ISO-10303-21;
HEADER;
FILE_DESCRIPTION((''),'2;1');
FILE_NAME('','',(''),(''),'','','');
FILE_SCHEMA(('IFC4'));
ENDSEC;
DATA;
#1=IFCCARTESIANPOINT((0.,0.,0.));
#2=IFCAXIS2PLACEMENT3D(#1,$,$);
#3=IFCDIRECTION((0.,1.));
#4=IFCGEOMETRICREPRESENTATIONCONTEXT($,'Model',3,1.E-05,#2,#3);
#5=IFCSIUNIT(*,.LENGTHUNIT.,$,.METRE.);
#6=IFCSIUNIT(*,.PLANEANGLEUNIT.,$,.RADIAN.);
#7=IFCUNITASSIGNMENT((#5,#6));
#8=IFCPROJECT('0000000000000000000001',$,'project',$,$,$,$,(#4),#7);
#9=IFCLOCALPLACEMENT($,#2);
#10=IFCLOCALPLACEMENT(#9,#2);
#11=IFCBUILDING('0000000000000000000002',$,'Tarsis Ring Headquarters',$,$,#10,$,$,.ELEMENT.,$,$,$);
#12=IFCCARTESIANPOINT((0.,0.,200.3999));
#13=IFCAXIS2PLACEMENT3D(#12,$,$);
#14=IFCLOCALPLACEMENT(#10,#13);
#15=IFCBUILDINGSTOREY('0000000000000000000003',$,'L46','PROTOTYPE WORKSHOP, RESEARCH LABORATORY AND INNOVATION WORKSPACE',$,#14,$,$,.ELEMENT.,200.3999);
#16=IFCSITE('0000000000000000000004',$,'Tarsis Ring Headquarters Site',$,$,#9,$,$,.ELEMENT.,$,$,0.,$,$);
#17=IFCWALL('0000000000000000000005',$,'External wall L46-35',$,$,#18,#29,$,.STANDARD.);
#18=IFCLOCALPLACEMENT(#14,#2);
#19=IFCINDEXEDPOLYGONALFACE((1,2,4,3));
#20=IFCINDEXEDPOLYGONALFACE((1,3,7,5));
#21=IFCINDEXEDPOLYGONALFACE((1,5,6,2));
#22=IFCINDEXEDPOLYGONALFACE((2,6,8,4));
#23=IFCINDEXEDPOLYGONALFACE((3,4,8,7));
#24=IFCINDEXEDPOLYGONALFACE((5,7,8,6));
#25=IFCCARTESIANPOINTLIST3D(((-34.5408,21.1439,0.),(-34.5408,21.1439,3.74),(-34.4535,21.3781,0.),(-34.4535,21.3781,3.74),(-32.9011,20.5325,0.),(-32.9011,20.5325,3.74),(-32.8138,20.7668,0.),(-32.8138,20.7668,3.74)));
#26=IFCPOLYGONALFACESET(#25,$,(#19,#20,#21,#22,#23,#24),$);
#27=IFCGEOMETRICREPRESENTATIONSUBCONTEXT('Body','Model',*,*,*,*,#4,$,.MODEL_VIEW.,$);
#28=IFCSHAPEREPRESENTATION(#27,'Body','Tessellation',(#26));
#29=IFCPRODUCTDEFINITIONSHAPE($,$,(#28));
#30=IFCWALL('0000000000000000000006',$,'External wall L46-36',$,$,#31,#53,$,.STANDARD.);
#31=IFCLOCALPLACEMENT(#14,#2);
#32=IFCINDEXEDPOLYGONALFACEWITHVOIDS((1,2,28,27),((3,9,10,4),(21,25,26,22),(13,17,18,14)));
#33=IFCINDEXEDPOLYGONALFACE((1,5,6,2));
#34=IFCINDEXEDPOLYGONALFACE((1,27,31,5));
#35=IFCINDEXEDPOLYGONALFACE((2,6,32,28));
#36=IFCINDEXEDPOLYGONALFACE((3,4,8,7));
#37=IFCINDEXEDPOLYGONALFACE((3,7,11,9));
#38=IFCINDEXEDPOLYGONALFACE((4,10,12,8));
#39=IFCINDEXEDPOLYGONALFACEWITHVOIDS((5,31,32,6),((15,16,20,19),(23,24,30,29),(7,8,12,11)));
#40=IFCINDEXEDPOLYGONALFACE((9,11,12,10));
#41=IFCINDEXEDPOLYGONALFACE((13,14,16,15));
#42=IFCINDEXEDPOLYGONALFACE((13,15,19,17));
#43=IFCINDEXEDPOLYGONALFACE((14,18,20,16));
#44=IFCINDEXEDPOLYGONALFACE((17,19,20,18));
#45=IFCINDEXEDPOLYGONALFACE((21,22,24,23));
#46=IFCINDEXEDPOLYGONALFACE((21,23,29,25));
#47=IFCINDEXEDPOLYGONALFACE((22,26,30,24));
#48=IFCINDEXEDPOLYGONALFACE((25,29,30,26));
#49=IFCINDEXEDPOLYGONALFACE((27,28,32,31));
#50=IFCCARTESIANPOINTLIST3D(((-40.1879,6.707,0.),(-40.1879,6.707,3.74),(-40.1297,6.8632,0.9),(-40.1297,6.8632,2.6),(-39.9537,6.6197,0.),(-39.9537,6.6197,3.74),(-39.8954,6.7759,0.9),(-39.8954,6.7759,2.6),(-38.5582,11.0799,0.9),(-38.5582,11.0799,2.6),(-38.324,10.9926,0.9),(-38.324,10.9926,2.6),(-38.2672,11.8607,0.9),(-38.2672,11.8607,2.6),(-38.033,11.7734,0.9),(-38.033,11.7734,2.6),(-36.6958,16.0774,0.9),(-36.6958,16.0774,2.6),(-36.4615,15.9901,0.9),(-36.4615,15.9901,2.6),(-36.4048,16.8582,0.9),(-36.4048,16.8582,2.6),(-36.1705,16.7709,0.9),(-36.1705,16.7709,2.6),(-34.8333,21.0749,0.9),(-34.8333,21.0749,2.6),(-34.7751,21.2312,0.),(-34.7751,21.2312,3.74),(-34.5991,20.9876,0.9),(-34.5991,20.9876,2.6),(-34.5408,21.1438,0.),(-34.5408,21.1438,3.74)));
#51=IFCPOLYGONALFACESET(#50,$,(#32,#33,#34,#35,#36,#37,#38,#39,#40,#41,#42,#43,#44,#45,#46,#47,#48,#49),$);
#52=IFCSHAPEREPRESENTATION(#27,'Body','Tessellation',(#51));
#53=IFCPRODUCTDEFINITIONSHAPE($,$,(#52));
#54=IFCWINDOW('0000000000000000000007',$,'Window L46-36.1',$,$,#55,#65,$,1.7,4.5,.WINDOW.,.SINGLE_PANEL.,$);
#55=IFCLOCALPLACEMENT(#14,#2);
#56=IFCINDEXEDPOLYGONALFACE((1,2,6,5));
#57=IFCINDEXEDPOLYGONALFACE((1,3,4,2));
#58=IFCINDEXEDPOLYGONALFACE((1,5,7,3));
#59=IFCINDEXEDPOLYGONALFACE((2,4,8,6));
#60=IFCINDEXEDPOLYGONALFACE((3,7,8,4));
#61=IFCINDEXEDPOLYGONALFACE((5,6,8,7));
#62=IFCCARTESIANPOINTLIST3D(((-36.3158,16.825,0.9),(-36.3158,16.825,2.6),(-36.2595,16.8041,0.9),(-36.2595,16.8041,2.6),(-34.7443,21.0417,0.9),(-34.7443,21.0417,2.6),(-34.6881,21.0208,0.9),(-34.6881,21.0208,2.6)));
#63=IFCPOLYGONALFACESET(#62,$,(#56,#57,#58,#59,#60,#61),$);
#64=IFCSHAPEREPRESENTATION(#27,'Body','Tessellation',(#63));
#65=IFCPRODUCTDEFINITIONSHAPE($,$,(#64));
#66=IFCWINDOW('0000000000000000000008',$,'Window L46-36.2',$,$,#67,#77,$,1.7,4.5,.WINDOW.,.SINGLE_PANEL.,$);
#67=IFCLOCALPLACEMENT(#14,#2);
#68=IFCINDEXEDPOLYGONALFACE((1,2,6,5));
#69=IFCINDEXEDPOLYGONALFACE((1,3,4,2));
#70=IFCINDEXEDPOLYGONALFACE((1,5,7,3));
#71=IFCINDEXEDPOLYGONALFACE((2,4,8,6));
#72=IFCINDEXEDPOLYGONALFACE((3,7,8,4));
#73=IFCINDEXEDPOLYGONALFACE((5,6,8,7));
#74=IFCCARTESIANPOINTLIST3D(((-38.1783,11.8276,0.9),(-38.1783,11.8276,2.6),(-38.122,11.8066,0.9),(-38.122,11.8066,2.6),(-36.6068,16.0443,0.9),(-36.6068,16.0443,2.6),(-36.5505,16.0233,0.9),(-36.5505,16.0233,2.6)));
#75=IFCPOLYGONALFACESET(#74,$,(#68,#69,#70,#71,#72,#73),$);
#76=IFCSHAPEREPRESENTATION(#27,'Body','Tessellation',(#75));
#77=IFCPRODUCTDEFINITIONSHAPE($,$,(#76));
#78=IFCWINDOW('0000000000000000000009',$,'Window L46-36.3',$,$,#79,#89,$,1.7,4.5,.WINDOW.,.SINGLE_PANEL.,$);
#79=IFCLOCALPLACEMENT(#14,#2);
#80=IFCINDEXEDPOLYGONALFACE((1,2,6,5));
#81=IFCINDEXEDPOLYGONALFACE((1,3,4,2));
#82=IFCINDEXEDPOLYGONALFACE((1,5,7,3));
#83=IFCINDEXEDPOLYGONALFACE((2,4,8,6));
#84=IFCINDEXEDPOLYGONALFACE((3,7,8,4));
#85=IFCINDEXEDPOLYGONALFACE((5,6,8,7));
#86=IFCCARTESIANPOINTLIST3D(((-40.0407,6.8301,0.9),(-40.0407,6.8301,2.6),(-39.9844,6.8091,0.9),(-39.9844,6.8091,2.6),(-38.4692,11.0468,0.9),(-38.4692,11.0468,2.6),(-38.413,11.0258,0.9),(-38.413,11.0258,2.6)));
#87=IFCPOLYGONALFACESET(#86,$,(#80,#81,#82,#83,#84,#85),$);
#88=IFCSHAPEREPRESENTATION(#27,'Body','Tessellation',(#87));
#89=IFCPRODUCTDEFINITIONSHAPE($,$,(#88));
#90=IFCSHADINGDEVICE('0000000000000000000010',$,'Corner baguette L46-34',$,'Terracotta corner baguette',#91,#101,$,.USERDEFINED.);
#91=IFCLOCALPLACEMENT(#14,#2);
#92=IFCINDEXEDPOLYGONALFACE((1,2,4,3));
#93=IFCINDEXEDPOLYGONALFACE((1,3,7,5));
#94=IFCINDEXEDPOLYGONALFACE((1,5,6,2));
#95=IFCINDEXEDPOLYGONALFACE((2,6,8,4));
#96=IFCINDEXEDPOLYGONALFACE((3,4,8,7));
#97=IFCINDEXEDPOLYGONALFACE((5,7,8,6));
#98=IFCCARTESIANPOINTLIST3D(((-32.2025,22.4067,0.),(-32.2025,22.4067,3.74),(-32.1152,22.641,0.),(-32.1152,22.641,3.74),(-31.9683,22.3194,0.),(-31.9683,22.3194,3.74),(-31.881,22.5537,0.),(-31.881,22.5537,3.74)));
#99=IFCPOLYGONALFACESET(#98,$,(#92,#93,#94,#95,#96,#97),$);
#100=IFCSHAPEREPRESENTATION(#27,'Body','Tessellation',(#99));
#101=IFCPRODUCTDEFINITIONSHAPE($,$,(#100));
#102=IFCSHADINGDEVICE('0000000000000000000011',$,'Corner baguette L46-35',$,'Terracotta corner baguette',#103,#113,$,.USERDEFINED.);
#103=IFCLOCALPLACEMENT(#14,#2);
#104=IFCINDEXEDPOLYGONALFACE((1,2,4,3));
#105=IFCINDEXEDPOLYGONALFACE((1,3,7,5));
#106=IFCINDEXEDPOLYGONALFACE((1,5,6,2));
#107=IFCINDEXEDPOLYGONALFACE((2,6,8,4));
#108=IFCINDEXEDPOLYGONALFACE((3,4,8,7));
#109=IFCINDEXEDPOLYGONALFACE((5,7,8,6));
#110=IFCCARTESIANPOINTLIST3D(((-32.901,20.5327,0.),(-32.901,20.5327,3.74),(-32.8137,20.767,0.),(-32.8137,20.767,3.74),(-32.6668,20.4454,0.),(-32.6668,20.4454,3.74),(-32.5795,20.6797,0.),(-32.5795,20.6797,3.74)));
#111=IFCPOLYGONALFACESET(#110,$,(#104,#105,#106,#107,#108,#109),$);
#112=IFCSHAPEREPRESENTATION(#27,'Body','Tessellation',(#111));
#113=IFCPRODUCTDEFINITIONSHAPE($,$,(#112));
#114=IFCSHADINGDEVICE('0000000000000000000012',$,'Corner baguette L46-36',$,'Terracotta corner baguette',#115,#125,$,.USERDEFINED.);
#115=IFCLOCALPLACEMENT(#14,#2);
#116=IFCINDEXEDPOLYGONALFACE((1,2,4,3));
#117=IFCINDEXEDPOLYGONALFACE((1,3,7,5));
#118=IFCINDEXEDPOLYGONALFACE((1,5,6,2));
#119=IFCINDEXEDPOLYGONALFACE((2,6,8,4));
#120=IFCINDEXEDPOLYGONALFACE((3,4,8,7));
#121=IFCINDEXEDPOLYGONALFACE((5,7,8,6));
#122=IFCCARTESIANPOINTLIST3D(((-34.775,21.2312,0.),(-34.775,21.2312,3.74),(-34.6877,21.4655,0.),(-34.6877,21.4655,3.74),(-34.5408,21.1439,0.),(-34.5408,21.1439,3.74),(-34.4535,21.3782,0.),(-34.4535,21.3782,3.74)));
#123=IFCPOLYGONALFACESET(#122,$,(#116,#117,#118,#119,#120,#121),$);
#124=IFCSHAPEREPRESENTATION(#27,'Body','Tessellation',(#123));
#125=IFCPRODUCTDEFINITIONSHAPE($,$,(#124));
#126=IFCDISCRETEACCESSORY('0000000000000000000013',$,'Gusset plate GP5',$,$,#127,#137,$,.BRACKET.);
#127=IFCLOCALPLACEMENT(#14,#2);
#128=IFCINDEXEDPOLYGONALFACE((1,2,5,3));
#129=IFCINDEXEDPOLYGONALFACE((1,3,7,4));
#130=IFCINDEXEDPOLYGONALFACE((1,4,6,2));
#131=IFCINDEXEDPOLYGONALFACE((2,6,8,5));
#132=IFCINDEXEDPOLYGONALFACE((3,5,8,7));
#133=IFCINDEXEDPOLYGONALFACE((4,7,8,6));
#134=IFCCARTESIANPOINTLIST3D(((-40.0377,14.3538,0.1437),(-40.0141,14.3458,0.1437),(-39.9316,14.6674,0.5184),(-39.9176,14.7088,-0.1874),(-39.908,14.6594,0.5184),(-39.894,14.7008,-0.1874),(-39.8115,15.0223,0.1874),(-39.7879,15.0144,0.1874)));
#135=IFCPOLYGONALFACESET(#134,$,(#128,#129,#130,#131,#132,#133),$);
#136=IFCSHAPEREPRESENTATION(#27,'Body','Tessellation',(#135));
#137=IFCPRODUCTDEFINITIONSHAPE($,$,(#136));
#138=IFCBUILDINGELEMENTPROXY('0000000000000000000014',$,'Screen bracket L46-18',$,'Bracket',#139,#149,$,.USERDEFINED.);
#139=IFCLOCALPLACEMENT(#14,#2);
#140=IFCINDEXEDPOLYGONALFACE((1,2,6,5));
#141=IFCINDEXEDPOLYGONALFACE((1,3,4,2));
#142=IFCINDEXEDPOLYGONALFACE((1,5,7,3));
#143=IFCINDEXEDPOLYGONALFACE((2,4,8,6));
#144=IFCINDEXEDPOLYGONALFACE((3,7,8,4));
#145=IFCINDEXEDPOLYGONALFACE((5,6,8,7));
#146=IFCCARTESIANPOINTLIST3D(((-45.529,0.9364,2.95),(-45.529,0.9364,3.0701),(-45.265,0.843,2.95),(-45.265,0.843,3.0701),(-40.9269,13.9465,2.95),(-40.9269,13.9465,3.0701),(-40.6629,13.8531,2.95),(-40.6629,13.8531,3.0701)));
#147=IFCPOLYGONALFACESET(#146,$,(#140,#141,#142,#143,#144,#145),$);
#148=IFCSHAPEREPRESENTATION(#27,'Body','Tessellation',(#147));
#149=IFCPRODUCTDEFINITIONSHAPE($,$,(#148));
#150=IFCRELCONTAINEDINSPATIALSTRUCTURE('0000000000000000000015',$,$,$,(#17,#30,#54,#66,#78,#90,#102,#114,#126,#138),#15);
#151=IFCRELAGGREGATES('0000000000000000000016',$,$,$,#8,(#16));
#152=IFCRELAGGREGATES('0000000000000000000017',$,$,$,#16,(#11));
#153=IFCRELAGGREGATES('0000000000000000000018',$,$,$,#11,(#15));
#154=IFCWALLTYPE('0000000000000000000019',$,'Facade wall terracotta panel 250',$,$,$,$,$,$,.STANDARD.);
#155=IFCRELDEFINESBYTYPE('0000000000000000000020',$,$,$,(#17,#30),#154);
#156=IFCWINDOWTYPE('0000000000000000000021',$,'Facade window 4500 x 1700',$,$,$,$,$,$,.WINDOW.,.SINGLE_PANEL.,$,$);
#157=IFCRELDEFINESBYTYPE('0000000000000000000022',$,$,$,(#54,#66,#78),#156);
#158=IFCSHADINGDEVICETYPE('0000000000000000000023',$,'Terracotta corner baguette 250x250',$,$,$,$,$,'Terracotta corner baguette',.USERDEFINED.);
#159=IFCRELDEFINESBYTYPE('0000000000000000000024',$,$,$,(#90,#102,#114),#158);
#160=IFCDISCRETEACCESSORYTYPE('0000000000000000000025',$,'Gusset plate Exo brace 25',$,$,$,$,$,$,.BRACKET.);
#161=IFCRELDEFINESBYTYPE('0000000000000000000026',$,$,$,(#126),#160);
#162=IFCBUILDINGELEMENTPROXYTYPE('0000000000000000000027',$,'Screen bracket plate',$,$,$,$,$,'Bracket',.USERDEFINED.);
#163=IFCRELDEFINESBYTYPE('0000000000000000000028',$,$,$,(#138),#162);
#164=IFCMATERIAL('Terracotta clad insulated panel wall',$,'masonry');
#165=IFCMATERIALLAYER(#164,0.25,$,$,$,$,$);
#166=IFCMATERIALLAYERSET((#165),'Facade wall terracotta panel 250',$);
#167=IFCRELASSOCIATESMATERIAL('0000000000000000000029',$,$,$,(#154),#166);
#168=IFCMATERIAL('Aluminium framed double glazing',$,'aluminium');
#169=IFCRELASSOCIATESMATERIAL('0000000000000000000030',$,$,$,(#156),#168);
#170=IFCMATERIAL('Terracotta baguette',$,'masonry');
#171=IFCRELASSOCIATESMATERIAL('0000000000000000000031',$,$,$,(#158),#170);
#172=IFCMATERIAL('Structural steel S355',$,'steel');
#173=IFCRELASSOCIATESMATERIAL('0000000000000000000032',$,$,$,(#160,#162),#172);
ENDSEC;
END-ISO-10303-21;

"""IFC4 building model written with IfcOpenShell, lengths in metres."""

from ifc_helpers import new_model, si_unit, direction, frame, frame_2d, origin, origin_2d, place, context, subcontext, project, spatial, rectangle, extrude, material, layer, layer_set, material_profile, profile_set, type_object, element, fill, save


model = new_model("IFC4")

# Units and contexts
model_context = context("Model", 3, precision=1e-05, world=origin(), true_north=direction((0.0, 1.0)))
body_context = subcontext(model_context, "Body", "Model", "MODEL_VIEW")
ifc_project = project(units=[si_unit("LENGTHUNIT", "METRE"), si_unit("PLANEANGLEUNIT", "RADIAN")], contexts=[model_context])

# Site, building, storey
site_placement = place(None, origin())
site = spatial("IfcSite", under=ifc_project, at=site_placement, Name="Tarsis Ring Headquarters Site", CompositionType="ELEMENT", RefElevation=0.0)
building_placement = place(site_placement, origin())
building = spatial("IfcBuilding", under=site, at=building_placement, Name="Tarsis Ring Headquarters", CompositionType="ELEMENT")
storey_placement = place(building_placement, frame((0.0, 0.0, 200.3999)))
storey = spatial("IfcBuildingStorey", under=building, at=storey_placement, Name="L46", Description="PROTOTYPE WORKSHOP, RESEARCH LABORATORY AND INNOVATION WORKSPACE", CompositionType="ELEMENT", Elevation=200.3999)

# Shared definitions
ifc_material_1 = material(Name="Structural steel S355", Category="steel")

# Wall
ifc_material_2 = material(Name="Terracotta clad insulated panel wall", Category="masonry")
ifc_layer_1 = layer(ifc_material_2, 0.25)
ifc_layer_set_1 = layer_set([ifc_layer_1], Name="Facade wall terracotta panel 250")
wall_type_1 = type_object("IfcWallType", Name="Facade wall terracotta panel 250", PredefinedType="STANDARD", material=ifc_layer_set_1)
for number, where, z_axis, x_axis, name in (
    (1, (-32.8574, 20.6497, 0.0), (0.0, 0.0, 1.0), (-0.936993, 0.349349, 0.0), "External wall L46-35"),
):
    element("IfcWall", number, at=place(storey_placement, frame(where, z_axis=z_axis, x_axis=x_axis)), inside=storey, type_object=wall_type_1, Name=name, PredefinedType="STANDARD", context=body_context, shape_type="SweptSolid", body=[
        extrude(rectangle(XDim=1.75, YDim=0.25, at=frame_2d((0.875, 0.0))), origin(), (0.0, 0.0, 1.0), 3.74),
    ])

# Wall, openings, windows
wall_1_placement = place(storey_placement, frame((-34.658, 21.1875, 0.0), z_axis=(0.0, 0.0, 1.0), x_axis=(-0.349215, -0.937043, 0.0)))
wall_1 = element("IfcWall", 2, at=wall_1_placement, inside=storey, type_object=wall_type_1, Name="External wall L46-36", PredefinedType="STANDARD", context=body_context, shape_type="SweptSolid", body=[
    extrude(rectangle(XDim=15.5, YDim=0.25, at=frame_2d((7.75, 0.0))), origin(), (0.0, 0.0, 1.0), 3.74),
])
opening_1_placement = place(wall_1_placement, frame((0.1667, 0.0, 0.8999)))
opening_1 = element("IfcOpeningElement", 3, at=opening_1_placement, cuts=wall_1, PredefinedType="OPENING", context=body_context, shape_type="SweptSolid", body=[
    extrude(rectangle(XDim=4.5, YDim=1.7, at=frame_2d((2.25, 0.8501))), frame((0.0, 0.135, 0.0), z_axis=(0.0, -1.0, 0.0), x_axis=(1.0, 0.0, 0.0)), (0.0, 0.0, 1.0), 0.27),
])
opening_2_placement = place(wall_1_placement, frame((5.5, 0.0, 0.8999)))
opening_2 = element("IfcOpeningElement", 4, at=opening_2_placement, cuts=wall_1, PredefinedType="OPENING", context=body_context, shape_type="SweptSolid", body=[
    extrude(rectangle(XDim=4.5, YDim=1.7, at=frame_2d((2.25, 0.8501))), frame((0.0, 0.135, 0.0), z_axis=(0.0, -1.0, 0.0), x_axis=(1.0, 0.0, 0.0)), (0.0, 0.0, 1.0), 0.27),
])
opening_3_placement = place(wall_1_placement, frame((10.8333, 0.0, 0.8999)))
opening_3 = element("IfcOpeningElement", 5, at=opening_3_placement, cuts=wall_1, PredefinedType="OPENING", context=body_context, shape_type="SweptSolid", body=[
    extrude(rectangle(XDim=4.5, YDim=1.7, at=frame_2d((2.25, 0.8501))), frame((0.0, 0.135, 0.0), z_axis=(0.0, -1.0, 0.0), x_axis=(1.0, 0.0, 0.0)), (0.0, 0.0, 1.0), 0.27),
])
ifc_material_3 = material(Name="Aluminium framed double glazing", Category="aluminium")
window_type = type_object("IfcWindowType", Name="Facade window 4500 x 1700", PartitioningType="SINGLE_PANEL", PredefinedType="WINDOW", material=ifc_material_3)
window_1_placement = place(opening_1_placement, origin())
window_1 = element("IfcWindow", 6, at=window_1_placement, inside=storey, type_object=window_type, Name="Window L46-36.1", OverallHeight=1.7, OverallWidth=4.5, PartitioningType="SINGLE_PANEL", PredefinedType="WINDOW", context=body_context, shape_type="SweptSolid", body=[
    extrude(rectangle(XDim=4.5, YDim=1.7, at=frame_2d((2.25, 0.8501))), frame((0.0, 0.03, 0.0), z_axis=(0.0, -1.0, 0.0), x_axis=(1.0, 0.0, 0.0)), (0.0, 0.0, 1.0), 0.0601),
])
fill(opening_1, window_1)
window_2_placement = place(opening_2_placement, origin())
window_2 = element("IfcWindow", 7, at=window_2_placement, inside=storey, type_object=window_type, Name="Window L46-36.2", OverallHeight=1.7, OverallWidth=4.5, PartitioningType="SINGLE_PANEL", PredefinedType="WINDOW", context=body_context, shape_type="SweptSolid", body=[
    extrude(rectangle(XDim=4.5, YDim=1.7, at=frame_2d((2.25, 0.8501))), frame((0.0, 0.03, 0.0), z_axis=(0.0, -1.0, 0.0), x_axis=(1.0, 0.0, 0.0)), (0.0, 0.0, 1.0), 0.0601),
])
fill(opening_2, window_2)
window_3_placement = place(opening_3_placement, origin())
window_3 = element("IfcWindow", 8, at=window_3_placement, inside=storey, type_object=window_type, Name="Window L46-36.3", OverallHeight=1.7, OverallWidth=4.5, PartitioningType="SINGLE_PANEL", PredefinedType="WINDOW", context=body_context, shape_type="SweptSolid", body=[
    extrude(rectangle(XDim=4.5, YDim=1.7, at=frame_2d((2.25, 0.8501))), frame((0.0, 0.03, 0.0), z_axis=(0.0, -1.0, 0.0), x_axis=(1.0, 0.0, 0.0)), (0.0, 0.0, 1.0), 0.0601),
])
fill(opening_3, window_3)

# Shading devices
ifc_material_4 = material(Name="Terracotta baguette", Category="masonry")
shading_device_type_1 = type_object("IfcShadingDeviceType", Name="Terracotta corner baguette 250x250", ElementType="Terracotta corner baguette", PredefinedType="USERDEFINED", material=ifc_material_4)
for number, where, z_axis, x_axis, name in (
    (9, (-32.0417, 22.4802, 0.0), (0.0, 0.0, 1.0), (-0.937039, 0.349226, 0.0), "Corner baguette L46-34"),
    (10, (-32.7402, 20.6062, 0.0), (0.0, 0.0, 1.0), (-0.349226, -0.937038, 0.0), "Corner baguette L46-35"),
    (11, (-34.6143, 21.3047, 0.0), (0.0, 0.0, 1.0), (-0.937038, 0.349226, 0.0), "Corner baguette L46-36"),
):
    element("IfcShadingDevice", number, at=place(storey_placement, frame(where, z_axis=z_axis, x_axis=x_axis)), inside=storey, type_object=shading_device_type_1, Name=name, ObjectType="Terracotta corner baguette", PredefinedType="USERDEFINED", context=body_context, shape_type="SweptSolid", body=[
        extrude(rectangle(XDim=0.25, YDim=0.25, at=origin_2d()), origin(), (0.0, 0.0, 1.0), 3.74),
    ])

# Discrete accessory
ifc_material_profile_1 = material_profile(ifc_material_1, rectangle(XDim=0.0249, YDim=0.5, at=origin_2d()), Name="PL 25x500")
ifc_profile_set_1 = profile_set([ifc_material_profile_1], Name="Structural steel S355")
discrete_accessory_type = type_object("IfcDiscreteAccessoryType", Name="Gusset plate Exo brace 25", PredefinedType="BRACKET", material=ifc_profile_set_1)
discrete_accessory_placement = place(storey_placement, frame((-39.8528, 14.8616, 0.0), z_axis=(-0.240217, -0.709909, 0.662061), x_axis=(0.94724, -0.320524, 0.0)))
element("IfcDiscreteAccessory", 12, at=discrete_accessory_placement, inside=storey, type_object=discrete_accessory_type, Name="Gusset plate GP5", PredefinedType="BRACKET", context=body_context, shape_type="SweptSolid", body=[
    extrude(rectangle(XDim=0.0249, YDim=0.5, at=origin_2d()), origin(), (0.0, 0.0, 1.0), 0.5),
])

# Building element proxy
building_element_proxy_type = type_object("IfcBuildingElementProxyType", Name="Screen bracket plate", ElementType="Bracket", PredefinedType="USERDEFINED", material=ifc_material_1)
proxy_placement = place(storey_placement, frame((-43.0959, 7.3948, 2.95), z_axis=(0.0, 0.0, 1.0), x_axis=(-0.333478, -0.942758, 0.0)))
element("IfcBuildingElementProxy", 13, at=proxy_placement, inside=storey, type_object=building_element_proxy_type, Name="Screen bracket L46-18", ObjectType="Bracket", PredefinedType="USERDEFINED", context=body_context, shape_type="SweptSolid", body=[
    extrude(rectangle(XDim=13.8, YDim=0.28, at=origin_2d()), origin(), (0.0, 0.0, 1.0), 0.1201),
])

save(model, "model.ifc")
